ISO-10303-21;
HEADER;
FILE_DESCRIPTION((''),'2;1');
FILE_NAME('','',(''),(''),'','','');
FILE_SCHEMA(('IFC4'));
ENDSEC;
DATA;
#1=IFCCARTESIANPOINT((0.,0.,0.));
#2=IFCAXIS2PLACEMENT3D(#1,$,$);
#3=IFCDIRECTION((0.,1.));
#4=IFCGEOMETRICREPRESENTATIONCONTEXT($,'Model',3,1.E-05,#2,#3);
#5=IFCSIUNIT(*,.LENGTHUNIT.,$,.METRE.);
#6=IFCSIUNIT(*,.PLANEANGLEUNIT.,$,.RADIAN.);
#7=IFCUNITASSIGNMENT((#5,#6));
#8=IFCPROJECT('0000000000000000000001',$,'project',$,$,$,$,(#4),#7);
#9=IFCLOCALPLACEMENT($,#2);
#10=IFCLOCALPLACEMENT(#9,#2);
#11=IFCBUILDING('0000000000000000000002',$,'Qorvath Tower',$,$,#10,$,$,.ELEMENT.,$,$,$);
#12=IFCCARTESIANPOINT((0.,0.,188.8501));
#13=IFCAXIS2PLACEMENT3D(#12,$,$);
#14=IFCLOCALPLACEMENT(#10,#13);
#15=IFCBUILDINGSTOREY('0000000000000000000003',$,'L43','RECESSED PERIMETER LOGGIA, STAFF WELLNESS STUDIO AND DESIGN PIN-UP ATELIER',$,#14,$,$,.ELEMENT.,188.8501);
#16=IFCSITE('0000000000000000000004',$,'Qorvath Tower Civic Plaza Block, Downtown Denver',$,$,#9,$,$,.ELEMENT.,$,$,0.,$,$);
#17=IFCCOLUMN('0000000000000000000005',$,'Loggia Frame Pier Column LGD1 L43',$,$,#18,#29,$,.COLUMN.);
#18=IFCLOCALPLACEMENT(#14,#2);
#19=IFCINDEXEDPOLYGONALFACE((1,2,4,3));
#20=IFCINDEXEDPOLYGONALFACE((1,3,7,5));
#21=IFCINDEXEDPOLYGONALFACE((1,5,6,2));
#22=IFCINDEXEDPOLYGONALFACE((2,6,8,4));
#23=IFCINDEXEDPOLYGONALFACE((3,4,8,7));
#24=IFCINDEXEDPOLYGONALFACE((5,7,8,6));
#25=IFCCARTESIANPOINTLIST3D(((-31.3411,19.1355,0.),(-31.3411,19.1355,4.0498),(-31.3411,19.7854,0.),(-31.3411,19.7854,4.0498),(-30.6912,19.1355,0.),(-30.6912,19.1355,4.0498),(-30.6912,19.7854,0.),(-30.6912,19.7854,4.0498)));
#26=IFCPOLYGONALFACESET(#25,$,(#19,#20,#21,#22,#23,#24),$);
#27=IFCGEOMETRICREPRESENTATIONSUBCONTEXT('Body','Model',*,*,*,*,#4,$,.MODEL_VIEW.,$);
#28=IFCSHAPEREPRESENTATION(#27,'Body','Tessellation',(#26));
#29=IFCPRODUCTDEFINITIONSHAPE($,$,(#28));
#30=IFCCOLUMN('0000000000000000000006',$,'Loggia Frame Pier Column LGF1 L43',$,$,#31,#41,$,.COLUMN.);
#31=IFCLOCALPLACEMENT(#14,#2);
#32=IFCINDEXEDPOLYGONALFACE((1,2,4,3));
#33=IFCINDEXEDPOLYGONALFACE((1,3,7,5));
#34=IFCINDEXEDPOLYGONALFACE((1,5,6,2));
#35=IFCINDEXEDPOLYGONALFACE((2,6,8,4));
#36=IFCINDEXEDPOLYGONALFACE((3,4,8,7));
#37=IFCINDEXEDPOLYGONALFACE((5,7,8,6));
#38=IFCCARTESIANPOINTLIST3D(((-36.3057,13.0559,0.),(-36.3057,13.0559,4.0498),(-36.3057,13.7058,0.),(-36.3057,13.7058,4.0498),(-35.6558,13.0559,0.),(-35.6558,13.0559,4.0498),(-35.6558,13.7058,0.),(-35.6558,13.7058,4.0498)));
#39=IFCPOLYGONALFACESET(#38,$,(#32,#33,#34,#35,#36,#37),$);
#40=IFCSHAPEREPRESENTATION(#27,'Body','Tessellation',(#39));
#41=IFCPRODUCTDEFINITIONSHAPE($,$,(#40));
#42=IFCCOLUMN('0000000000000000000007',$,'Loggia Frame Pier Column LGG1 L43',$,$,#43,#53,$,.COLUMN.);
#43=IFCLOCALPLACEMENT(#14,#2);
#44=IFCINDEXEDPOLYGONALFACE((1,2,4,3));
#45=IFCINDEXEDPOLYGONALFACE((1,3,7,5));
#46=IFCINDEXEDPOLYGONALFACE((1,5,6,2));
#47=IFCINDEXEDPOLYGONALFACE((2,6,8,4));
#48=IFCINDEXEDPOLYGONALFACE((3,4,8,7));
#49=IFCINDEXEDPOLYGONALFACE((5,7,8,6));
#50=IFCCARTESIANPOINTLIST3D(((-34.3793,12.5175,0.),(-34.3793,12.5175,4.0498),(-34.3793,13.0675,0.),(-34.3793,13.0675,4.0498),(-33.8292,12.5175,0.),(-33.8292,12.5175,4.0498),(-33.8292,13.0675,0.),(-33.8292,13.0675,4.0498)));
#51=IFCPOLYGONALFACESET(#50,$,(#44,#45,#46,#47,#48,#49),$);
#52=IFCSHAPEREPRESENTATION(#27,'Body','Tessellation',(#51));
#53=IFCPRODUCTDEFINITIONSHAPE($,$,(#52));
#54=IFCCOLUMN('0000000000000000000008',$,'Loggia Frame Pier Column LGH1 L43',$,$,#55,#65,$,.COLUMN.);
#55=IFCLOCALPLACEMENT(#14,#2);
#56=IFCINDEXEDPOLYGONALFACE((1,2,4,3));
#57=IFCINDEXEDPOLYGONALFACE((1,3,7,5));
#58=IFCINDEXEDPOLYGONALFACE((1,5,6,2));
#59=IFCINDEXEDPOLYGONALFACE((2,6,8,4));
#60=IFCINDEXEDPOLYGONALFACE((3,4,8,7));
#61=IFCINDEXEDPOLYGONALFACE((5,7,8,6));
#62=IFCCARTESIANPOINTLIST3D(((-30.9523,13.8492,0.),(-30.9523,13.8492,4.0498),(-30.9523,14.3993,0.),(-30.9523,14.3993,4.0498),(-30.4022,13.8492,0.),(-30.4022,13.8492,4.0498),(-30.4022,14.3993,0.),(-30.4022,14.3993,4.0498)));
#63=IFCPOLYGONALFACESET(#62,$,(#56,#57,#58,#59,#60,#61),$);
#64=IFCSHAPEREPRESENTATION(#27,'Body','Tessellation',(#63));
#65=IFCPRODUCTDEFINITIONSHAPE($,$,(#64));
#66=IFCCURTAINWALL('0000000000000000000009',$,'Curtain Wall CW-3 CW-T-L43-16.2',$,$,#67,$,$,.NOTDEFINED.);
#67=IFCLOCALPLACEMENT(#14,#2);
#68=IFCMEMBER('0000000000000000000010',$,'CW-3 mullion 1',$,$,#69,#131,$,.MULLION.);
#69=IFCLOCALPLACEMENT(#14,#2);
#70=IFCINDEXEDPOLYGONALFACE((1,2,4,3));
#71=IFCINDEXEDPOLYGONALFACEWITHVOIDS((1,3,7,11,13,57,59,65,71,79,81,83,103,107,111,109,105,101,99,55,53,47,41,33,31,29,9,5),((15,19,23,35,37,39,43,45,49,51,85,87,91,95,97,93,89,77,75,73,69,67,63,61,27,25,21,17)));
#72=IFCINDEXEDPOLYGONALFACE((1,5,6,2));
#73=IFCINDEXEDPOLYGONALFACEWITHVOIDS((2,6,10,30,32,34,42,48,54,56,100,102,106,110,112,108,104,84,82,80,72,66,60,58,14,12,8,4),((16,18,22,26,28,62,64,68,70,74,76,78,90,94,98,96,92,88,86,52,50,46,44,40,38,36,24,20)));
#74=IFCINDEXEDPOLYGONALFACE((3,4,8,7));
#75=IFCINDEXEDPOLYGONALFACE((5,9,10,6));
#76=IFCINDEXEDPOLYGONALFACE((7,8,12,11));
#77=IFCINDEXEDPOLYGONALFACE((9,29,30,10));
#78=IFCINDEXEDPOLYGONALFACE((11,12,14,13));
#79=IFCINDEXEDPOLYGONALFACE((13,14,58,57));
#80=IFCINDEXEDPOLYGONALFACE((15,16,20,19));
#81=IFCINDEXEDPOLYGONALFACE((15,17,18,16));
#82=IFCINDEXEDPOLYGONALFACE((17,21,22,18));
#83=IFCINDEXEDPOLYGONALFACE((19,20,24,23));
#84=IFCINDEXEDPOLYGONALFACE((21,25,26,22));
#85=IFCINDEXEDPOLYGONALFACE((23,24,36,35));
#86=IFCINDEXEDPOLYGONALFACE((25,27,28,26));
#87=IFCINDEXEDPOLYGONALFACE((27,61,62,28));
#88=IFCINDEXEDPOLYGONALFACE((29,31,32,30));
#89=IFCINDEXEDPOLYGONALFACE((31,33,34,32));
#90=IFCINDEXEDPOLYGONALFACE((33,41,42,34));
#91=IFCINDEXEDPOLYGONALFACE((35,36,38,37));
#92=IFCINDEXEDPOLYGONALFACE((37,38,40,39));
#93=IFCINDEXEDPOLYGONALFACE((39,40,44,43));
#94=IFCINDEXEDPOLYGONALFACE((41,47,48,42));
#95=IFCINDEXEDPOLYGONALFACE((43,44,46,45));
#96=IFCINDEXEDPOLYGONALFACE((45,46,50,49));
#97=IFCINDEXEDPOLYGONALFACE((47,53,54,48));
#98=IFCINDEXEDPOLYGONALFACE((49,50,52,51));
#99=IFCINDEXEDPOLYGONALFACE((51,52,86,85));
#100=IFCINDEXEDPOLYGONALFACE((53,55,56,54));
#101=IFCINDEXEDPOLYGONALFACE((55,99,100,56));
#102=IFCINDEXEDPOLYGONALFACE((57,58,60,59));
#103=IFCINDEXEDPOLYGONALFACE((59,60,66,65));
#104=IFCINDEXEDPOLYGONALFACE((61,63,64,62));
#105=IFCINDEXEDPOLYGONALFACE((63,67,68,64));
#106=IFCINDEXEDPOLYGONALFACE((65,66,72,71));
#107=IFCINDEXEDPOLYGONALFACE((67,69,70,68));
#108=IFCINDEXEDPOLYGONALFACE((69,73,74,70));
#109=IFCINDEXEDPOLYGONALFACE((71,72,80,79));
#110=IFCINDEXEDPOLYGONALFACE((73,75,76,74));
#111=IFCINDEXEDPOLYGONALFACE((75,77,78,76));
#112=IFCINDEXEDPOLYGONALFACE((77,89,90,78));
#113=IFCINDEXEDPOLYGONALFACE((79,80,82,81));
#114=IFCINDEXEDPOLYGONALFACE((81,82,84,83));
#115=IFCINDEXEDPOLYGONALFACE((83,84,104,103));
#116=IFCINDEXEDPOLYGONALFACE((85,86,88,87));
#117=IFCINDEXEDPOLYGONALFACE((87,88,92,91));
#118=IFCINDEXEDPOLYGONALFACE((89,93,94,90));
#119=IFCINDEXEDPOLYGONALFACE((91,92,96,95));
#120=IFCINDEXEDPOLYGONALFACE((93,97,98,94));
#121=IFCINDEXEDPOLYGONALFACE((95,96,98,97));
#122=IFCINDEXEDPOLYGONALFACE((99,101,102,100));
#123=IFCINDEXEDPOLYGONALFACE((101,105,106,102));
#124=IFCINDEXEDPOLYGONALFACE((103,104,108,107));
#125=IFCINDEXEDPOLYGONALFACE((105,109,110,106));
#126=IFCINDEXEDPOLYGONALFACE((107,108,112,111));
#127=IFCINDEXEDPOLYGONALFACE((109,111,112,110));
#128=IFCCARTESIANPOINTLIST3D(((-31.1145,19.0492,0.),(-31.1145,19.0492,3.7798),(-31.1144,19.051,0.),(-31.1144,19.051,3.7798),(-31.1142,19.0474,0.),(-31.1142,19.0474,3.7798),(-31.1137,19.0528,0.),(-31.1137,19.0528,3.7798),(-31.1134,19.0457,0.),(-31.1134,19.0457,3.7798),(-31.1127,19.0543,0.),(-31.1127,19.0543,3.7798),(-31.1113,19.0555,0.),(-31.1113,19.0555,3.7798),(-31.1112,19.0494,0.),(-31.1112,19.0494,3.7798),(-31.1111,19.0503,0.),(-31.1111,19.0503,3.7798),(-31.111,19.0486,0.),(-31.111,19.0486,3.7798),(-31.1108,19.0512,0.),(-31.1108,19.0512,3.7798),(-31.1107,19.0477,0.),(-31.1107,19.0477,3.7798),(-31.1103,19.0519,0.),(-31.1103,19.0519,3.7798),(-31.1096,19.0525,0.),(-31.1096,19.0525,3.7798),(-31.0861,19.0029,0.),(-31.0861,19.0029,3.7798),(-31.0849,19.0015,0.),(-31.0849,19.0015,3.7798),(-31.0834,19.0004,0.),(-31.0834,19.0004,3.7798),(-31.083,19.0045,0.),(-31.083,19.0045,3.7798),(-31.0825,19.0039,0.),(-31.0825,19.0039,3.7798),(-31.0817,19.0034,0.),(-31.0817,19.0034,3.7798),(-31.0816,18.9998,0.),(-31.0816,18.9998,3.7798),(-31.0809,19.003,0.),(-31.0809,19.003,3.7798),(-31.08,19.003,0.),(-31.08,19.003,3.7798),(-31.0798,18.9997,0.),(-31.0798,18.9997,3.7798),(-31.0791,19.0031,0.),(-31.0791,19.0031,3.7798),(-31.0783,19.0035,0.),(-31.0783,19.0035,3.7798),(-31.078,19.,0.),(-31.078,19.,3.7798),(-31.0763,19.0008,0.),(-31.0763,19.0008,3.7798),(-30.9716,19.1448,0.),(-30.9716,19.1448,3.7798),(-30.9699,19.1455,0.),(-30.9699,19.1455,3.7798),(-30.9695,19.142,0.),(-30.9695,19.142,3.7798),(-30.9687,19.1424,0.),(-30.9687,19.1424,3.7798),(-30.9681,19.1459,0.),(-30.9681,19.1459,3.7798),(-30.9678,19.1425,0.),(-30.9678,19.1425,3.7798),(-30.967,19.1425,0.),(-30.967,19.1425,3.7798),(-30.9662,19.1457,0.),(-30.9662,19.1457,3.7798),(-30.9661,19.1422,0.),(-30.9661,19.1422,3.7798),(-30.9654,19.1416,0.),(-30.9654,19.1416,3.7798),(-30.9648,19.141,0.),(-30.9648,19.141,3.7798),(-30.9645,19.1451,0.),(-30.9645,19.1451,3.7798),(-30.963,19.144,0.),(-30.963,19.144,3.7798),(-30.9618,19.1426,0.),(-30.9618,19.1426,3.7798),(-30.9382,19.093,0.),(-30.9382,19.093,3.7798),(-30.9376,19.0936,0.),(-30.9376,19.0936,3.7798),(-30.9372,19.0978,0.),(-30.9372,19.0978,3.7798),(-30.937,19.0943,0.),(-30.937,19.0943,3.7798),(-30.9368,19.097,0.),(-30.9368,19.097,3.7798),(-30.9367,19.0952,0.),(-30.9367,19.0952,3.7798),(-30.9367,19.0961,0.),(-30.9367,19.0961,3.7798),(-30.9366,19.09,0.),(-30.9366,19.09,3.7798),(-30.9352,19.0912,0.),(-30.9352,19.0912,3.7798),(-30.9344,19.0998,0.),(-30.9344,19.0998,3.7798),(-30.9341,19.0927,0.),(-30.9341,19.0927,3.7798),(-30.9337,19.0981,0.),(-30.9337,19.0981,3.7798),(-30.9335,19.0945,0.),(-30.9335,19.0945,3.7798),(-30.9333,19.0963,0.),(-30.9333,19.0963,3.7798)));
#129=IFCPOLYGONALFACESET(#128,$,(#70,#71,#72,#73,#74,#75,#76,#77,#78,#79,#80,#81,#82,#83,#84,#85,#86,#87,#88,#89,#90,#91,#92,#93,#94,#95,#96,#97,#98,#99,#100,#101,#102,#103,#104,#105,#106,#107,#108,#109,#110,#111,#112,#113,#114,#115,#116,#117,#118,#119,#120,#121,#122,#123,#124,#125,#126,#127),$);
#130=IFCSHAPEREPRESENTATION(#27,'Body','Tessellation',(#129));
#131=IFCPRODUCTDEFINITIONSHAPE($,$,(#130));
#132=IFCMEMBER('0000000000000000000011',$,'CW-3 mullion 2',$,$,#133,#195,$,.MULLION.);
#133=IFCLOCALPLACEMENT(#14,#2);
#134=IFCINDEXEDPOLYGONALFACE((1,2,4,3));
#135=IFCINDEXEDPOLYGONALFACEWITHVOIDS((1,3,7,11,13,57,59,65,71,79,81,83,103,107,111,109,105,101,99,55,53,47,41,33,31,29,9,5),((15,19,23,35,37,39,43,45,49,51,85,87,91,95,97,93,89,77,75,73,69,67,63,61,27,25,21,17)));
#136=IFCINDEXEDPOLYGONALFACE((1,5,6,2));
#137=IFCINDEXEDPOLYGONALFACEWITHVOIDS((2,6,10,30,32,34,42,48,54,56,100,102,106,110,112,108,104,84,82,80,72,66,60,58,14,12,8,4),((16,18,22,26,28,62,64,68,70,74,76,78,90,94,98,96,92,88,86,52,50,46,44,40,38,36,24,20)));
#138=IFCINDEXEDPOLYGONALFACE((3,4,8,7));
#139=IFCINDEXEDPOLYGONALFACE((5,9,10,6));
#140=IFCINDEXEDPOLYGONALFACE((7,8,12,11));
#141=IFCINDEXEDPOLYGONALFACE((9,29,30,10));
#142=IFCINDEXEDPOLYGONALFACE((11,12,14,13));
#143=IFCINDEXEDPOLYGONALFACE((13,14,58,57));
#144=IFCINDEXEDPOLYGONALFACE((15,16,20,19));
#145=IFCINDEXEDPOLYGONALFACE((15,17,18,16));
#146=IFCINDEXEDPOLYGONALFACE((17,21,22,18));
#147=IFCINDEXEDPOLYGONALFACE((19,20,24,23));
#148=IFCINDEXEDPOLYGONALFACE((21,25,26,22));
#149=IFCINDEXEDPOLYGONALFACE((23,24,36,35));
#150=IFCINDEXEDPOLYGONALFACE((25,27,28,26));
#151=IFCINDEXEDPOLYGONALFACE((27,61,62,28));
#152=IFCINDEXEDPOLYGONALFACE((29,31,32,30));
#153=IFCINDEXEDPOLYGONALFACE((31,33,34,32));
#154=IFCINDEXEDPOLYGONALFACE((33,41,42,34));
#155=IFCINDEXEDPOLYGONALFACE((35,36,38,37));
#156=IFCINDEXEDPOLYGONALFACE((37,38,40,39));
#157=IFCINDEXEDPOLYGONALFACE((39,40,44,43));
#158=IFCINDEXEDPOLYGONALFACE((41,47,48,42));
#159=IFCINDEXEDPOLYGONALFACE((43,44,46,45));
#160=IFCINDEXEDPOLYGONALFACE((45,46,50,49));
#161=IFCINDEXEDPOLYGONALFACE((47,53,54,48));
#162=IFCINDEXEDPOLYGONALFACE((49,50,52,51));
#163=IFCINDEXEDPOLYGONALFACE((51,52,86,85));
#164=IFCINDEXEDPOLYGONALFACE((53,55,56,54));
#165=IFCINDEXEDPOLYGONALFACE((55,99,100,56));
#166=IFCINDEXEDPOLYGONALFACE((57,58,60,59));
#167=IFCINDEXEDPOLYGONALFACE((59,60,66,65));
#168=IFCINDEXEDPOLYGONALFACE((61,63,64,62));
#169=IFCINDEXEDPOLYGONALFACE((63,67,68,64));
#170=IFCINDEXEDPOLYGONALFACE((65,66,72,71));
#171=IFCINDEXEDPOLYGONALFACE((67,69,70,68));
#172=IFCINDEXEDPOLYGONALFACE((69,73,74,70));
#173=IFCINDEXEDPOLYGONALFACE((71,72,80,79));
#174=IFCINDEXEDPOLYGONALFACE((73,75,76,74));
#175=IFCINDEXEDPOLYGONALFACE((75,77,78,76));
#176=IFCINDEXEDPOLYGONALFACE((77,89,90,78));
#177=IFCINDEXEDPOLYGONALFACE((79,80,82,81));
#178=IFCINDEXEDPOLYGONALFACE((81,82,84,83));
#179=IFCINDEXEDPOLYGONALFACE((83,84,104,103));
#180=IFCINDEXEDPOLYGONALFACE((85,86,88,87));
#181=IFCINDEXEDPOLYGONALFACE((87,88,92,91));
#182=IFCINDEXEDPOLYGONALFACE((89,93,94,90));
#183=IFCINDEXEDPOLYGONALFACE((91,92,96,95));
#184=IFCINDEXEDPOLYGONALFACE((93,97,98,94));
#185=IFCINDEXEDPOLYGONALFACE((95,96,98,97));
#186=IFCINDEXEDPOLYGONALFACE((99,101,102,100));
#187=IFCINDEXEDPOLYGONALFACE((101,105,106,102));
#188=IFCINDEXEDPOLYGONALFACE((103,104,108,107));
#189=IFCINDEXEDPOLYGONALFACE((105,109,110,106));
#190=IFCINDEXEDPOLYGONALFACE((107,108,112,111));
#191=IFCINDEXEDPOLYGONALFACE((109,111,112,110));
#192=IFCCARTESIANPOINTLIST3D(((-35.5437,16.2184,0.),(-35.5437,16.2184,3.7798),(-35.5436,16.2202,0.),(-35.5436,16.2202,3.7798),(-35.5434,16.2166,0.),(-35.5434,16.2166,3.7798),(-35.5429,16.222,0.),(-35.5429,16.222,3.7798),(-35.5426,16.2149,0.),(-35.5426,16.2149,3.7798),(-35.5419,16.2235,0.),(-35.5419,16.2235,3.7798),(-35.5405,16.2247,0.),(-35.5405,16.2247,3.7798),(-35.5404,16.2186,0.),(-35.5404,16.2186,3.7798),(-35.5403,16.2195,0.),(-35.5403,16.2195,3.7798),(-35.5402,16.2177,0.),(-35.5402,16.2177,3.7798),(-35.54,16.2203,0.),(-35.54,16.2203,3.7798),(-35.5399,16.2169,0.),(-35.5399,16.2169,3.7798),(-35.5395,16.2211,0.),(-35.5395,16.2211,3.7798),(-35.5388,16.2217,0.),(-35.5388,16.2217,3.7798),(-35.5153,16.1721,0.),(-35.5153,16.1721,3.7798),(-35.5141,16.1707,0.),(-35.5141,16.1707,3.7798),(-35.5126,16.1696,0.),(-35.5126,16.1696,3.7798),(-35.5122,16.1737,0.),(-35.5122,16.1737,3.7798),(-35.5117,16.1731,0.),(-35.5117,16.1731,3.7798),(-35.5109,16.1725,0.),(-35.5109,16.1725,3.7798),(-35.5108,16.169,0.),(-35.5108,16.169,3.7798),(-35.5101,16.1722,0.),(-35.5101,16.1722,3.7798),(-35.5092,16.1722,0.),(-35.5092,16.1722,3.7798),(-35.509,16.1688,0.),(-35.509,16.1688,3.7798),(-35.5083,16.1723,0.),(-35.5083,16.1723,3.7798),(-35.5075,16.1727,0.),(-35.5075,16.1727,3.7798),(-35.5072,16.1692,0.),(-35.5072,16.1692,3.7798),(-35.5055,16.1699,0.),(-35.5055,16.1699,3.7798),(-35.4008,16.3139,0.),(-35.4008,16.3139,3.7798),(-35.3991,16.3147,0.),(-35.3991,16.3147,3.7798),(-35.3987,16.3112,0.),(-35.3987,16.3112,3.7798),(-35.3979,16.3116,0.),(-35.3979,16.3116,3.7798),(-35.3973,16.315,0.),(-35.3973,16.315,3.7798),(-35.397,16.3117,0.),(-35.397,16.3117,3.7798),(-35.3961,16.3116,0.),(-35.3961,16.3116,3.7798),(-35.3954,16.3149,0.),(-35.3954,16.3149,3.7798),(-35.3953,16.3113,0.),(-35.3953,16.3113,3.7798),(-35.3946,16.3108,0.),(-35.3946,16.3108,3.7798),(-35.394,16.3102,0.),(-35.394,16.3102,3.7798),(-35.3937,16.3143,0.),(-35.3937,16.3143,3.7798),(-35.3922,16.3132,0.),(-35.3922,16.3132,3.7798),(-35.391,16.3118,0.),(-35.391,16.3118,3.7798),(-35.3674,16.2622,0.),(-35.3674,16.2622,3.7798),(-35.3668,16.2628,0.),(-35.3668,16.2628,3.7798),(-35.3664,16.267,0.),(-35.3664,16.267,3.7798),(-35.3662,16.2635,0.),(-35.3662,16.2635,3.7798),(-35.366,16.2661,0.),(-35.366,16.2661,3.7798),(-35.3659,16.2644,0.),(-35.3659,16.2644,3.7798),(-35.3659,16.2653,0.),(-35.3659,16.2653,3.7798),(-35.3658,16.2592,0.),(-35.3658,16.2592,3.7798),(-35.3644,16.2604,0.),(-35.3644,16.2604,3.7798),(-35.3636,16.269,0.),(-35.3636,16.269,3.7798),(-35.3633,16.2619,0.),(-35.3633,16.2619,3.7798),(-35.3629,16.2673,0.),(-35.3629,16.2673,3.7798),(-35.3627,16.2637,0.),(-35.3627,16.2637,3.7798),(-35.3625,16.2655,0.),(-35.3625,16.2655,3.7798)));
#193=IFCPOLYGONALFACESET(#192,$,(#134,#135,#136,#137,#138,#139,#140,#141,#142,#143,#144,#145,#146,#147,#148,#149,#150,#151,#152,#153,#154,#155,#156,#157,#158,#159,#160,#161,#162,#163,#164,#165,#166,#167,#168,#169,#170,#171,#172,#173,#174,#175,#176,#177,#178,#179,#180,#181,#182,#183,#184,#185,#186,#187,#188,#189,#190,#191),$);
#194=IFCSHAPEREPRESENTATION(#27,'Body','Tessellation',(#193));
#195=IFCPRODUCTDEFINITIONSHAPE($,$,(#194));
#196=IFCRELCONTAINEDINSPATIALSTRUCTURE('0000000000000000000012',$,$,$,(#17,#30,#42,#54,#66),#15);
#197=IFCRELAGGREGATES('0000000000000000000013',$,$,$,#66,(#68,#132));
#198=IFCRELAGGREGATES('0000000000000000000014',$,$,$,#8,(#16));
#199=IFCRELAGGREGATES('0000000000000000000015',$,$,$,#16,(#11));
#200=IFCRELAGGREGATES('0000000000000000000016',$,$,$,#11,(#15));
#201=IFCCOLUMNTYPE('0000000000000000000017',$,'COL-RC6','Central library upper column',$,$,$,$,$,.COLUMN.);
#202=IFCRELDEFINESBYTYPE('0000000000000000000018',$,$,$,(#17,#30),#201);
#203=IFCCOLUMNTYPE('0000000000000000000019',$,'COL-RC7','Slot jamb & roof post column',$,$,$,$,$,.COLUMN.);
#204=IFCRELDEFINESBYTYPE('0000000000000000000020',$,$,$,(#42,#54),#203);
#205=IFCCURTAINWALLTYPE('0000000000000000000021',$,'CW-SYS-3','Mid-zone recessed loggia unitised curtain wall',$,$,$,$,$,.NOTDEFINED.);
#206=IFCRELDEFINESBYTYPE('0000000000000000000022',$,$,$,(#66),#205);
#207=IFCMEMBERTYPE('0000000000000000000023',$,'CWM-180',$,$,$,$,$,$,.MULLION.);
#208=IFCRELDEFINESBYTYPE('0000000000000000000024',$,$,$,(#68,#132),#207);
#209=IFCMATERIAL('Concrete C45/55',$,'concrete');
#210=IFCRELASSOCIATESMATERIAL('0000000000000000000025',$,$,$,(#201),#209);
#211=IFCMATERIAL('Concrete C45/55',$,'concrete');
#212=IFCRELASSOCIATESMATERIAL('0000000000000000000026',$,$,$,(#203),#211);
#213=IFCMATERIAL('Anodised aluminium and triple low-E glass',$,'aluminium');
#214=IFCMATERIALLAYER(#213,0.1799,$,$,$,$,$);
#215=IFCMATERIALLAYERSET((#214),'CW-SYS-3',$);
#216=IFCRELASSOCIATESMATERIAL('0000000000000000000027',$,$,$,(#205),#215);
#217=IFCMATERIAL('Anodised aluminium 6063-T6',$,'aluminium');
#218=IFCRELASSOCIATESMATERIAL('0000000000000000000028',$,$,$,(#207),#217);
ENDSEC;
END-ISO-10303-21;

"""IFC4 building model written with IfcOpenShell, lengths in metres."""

from ifc_helpers import new_model, si_unit, direction, frame, origin, origin_2d, place, context, subcontext, project, spatial, rectangle, hollow_rectangle, extrude, material, layer, layer_set, material_profile, profile_set, type_object, element, aggregate, save


model = new_model("IFC4")

# Units and contexts
model_context = context("Model", 3, precision=1e-05, world=origin(), true_north=direction((0.0, 1.0)))
body_context = subcontext(model_context, "Body", "Model", "MODEL_VIEW")
ifc_project = project(units=[si_unit("LENGTHUNIT", "METRE"), si_unit("PLANEANGLEUNIT", "RADIAN")], contexts=[model_context])

# Site, building, storey
site_placement = place(None, origin())
site = spatial("IfcSite", under=ifc_project, at=site_placement, Name="Qorvath Tower Civic Plaza Block, Downtown Denver", CompositionType="ELEMENT", RefElevation=0.0)
building_placement = place(site_placement, origin())
building = spatial("IfcBuilding", under=site, at=building_placement, Name="Qorvath Tower", CompositionType="ELEMENT")
storey_placement = place(building_placement, frame((0.0, 0.0, 188.8501)))
storey = spatial("IfcBuildingStorey", under=building, at=storey_placement, Name="L43", Description="RECESSED PERIMETER LOGGIA, STAFF WELLNESS STUDIO AND DESIGN PIN-UP ATELIER", CompositionType="ELEMENT", Elevation=188.8501)

# Columns
ifc_material_1 = material(Name="Concrete C45/55", Category="concrete")
ifc_material_profile_1 = material_profile(ifc_material_1, rectangle(XDim=0.6499, YDim=0.6499, at=origin_2d()), Name="RC 650x650")
ifc_profile_set_1 = profile_set([ifc_material_profile_1], Name="Concrete C45/55")
column_type_1 = type_object("IfcColumnType", Name="COL-RC6", Description="Central library upper column", PredefinedType="COLUMN", material=ifc_profile_set_1)
for number, where, z_axis, x_axis, name in (
    (1, (-31.0161, 19.4604, 0.0), (0.0, 0.0, 1.0), (1.0, 0.0, 0.0), "Loggia Frame Pier Column LGD1 L43"),
    (2, (-35.9807, 13.3809, 0.0), (0.0, 0.0, 1.0), (1.0, 0.0, 0.0), "Loggia Frame Pier Column LGF1 L43"),
):
    element("IfcColumn", number, at=place(storey_placement, frame(where, z_axis=z_axis, x_axis=x_axis)), inside=storey, type_object=column_type_1, Name=name, PredefinedType="COLUMN", context=body_context, shape_type="SweptSolid", body=[
        extrude(rectangle(XDim=0.6499, YDim=0.6499, at=origin_2d()), origin(), (0.0, 0.0, 1.0), 4.0498),
    ])
ifc_material_2 = material(Name="Concrete C45/55", Category="concrete")
ifc_material_profile_2 = material_profile(ifc_material_2, rectangle(XDim=0.55, YDim=0.55, at=origin_2d()), Name="RC 550x550")
ifc_profile_set_2 = profile_set([ifc_material_profile_2], Name="Concrete C45/55")
column_type_2 = type_object("IfcColumnType", Name="COL-RC7", Description="Slot jamb & roof post column", PredefinedType="COLUMN", material=ifc_profile_set_2)
for number, where, z_axis, x_axis, name in (
    (3, (-34.1042, 12.7925, 0.0), (0.0, 0.0, 1.0), (1.0, 0.0, 0.0), "Loggia Frame Pier Column LGG1 L43"),
    (4, (-30.6772, 14.1243, 0.0), (0.0, 0.0, 1.0), (1.0, 0.0, 0.0), "Loggia Frame Pier Column LGH1 L43"),
):
    element("IfcColumn", number, at=place(storey_placement, frame(where, z_axis=z_axis, x_axis=x_axis)), inside=storey, type_object=column_type_2, Name=name, PredefinedType="COLUMN", context=body_context, shape_type="SweptSolid", body=[
        extrude(rectangle(XDim=0.55, YDim=0.55, at=origin_2d()), origin(), (0.0, 0.0, 1.0), 4.0498),
    ])

# Curtain wall, members
ifc_material_3 = material(Name="Anodised aluminium and triple low-E glass", Category="aluminium")
ifc_layer_1 = layer(ifc_material_3, 0.1799)
ifc_layer_set_1 = layer_set([ifc_layer_1], Name="CW-SYS-3")
curtain_wall_type = type_object("IfcCurtainWallType", Name="CW-SYS-3", Description="Mid-zone recessed loggia unitised curtain wall", PredefinedType="NOTDEFINED", material=ifc_layer_set_1)
curtain_wall_placement = place(storey_placement, origin())
curtain_wall = element("IfcCurtainWall", 5, at=curtain_wall_placement, inside=storey, type_object=curtain_wall_type, Name="Curtain Wall CW-3 CW-T-L43-16.2", PredefinedType="NOTDEFINED")
ifc_material_4 = material(Name="Anodised aluminium 6063-T6", Category="aluminium")
ifc_material_profile_3 = material_profile(ifc_material_4, hollow_rectangle(XDim=0.0649, YDim=0.1799, WallThickness=0.0034, InnerFilletRadius=0.0034, OuterFilletRadius=0.0071, at=origin_2d()), Name="CWM 180x65")
ifc_profile_set_3 = profile_set([ifc_material_profile_3], Name="Anodised aluminium 6063-T6")
member_type_1 = type_object("IfcMemberType", Name="CWM-180", PredefinedType="MULLION", material=ifc_profile_set_3)
member_1_placement = place(storey_placement, frame((-31.0239, 19.0728, 0.0), z_axis=(0.0, 0.0, 1.0), x_axis=(0.538533, -0.842604, 0.0)))
member_1 = element("IfcMember", 6, at=member_1_placement, type_object=member_type_1, Name="CW-3 mullion 1", PredefinedType="MULLION", context=body_context, shape_type="SweptSolid", body=[
    extrude(hollow_rectangle(XDim=0.0649, YDim=0.1799, WallThickness=0.0034, InnerFilletRadius=0.0034, OuterFilletRadius=0.0071, at=origin_2d()), origin(), (0.0, 0.0, 1.0), 3.7798),
])
member_2_placement = place(storey_placement, frame((-35.4531, 16.2419, 0.0), z_axis=(0.0, 0.0, 1.0), x_axis=(0.538533, -0.842604, 0.0)))
member_2 = element("IfcMember", 7, at=member_2_placement, type_object=member_type_1, Name="CW-3 mullion 2", PredefinedType="MULLION", context=body_context, shape_type="SweptSolid", body=[
    extrude(hollow_rectangle(XDim=0.0649, YDim=0.1799, WallThickness=0.0034, InnerFilletRadius=0.0034, OuterFilletRadius=0.0071, at=origin_2d()), origin(), (0.0, 0.0, 1.0), 3.7798),
])
aggregate(curtain_wall, [member_1, member_2])

save(model, "model.ifc")
